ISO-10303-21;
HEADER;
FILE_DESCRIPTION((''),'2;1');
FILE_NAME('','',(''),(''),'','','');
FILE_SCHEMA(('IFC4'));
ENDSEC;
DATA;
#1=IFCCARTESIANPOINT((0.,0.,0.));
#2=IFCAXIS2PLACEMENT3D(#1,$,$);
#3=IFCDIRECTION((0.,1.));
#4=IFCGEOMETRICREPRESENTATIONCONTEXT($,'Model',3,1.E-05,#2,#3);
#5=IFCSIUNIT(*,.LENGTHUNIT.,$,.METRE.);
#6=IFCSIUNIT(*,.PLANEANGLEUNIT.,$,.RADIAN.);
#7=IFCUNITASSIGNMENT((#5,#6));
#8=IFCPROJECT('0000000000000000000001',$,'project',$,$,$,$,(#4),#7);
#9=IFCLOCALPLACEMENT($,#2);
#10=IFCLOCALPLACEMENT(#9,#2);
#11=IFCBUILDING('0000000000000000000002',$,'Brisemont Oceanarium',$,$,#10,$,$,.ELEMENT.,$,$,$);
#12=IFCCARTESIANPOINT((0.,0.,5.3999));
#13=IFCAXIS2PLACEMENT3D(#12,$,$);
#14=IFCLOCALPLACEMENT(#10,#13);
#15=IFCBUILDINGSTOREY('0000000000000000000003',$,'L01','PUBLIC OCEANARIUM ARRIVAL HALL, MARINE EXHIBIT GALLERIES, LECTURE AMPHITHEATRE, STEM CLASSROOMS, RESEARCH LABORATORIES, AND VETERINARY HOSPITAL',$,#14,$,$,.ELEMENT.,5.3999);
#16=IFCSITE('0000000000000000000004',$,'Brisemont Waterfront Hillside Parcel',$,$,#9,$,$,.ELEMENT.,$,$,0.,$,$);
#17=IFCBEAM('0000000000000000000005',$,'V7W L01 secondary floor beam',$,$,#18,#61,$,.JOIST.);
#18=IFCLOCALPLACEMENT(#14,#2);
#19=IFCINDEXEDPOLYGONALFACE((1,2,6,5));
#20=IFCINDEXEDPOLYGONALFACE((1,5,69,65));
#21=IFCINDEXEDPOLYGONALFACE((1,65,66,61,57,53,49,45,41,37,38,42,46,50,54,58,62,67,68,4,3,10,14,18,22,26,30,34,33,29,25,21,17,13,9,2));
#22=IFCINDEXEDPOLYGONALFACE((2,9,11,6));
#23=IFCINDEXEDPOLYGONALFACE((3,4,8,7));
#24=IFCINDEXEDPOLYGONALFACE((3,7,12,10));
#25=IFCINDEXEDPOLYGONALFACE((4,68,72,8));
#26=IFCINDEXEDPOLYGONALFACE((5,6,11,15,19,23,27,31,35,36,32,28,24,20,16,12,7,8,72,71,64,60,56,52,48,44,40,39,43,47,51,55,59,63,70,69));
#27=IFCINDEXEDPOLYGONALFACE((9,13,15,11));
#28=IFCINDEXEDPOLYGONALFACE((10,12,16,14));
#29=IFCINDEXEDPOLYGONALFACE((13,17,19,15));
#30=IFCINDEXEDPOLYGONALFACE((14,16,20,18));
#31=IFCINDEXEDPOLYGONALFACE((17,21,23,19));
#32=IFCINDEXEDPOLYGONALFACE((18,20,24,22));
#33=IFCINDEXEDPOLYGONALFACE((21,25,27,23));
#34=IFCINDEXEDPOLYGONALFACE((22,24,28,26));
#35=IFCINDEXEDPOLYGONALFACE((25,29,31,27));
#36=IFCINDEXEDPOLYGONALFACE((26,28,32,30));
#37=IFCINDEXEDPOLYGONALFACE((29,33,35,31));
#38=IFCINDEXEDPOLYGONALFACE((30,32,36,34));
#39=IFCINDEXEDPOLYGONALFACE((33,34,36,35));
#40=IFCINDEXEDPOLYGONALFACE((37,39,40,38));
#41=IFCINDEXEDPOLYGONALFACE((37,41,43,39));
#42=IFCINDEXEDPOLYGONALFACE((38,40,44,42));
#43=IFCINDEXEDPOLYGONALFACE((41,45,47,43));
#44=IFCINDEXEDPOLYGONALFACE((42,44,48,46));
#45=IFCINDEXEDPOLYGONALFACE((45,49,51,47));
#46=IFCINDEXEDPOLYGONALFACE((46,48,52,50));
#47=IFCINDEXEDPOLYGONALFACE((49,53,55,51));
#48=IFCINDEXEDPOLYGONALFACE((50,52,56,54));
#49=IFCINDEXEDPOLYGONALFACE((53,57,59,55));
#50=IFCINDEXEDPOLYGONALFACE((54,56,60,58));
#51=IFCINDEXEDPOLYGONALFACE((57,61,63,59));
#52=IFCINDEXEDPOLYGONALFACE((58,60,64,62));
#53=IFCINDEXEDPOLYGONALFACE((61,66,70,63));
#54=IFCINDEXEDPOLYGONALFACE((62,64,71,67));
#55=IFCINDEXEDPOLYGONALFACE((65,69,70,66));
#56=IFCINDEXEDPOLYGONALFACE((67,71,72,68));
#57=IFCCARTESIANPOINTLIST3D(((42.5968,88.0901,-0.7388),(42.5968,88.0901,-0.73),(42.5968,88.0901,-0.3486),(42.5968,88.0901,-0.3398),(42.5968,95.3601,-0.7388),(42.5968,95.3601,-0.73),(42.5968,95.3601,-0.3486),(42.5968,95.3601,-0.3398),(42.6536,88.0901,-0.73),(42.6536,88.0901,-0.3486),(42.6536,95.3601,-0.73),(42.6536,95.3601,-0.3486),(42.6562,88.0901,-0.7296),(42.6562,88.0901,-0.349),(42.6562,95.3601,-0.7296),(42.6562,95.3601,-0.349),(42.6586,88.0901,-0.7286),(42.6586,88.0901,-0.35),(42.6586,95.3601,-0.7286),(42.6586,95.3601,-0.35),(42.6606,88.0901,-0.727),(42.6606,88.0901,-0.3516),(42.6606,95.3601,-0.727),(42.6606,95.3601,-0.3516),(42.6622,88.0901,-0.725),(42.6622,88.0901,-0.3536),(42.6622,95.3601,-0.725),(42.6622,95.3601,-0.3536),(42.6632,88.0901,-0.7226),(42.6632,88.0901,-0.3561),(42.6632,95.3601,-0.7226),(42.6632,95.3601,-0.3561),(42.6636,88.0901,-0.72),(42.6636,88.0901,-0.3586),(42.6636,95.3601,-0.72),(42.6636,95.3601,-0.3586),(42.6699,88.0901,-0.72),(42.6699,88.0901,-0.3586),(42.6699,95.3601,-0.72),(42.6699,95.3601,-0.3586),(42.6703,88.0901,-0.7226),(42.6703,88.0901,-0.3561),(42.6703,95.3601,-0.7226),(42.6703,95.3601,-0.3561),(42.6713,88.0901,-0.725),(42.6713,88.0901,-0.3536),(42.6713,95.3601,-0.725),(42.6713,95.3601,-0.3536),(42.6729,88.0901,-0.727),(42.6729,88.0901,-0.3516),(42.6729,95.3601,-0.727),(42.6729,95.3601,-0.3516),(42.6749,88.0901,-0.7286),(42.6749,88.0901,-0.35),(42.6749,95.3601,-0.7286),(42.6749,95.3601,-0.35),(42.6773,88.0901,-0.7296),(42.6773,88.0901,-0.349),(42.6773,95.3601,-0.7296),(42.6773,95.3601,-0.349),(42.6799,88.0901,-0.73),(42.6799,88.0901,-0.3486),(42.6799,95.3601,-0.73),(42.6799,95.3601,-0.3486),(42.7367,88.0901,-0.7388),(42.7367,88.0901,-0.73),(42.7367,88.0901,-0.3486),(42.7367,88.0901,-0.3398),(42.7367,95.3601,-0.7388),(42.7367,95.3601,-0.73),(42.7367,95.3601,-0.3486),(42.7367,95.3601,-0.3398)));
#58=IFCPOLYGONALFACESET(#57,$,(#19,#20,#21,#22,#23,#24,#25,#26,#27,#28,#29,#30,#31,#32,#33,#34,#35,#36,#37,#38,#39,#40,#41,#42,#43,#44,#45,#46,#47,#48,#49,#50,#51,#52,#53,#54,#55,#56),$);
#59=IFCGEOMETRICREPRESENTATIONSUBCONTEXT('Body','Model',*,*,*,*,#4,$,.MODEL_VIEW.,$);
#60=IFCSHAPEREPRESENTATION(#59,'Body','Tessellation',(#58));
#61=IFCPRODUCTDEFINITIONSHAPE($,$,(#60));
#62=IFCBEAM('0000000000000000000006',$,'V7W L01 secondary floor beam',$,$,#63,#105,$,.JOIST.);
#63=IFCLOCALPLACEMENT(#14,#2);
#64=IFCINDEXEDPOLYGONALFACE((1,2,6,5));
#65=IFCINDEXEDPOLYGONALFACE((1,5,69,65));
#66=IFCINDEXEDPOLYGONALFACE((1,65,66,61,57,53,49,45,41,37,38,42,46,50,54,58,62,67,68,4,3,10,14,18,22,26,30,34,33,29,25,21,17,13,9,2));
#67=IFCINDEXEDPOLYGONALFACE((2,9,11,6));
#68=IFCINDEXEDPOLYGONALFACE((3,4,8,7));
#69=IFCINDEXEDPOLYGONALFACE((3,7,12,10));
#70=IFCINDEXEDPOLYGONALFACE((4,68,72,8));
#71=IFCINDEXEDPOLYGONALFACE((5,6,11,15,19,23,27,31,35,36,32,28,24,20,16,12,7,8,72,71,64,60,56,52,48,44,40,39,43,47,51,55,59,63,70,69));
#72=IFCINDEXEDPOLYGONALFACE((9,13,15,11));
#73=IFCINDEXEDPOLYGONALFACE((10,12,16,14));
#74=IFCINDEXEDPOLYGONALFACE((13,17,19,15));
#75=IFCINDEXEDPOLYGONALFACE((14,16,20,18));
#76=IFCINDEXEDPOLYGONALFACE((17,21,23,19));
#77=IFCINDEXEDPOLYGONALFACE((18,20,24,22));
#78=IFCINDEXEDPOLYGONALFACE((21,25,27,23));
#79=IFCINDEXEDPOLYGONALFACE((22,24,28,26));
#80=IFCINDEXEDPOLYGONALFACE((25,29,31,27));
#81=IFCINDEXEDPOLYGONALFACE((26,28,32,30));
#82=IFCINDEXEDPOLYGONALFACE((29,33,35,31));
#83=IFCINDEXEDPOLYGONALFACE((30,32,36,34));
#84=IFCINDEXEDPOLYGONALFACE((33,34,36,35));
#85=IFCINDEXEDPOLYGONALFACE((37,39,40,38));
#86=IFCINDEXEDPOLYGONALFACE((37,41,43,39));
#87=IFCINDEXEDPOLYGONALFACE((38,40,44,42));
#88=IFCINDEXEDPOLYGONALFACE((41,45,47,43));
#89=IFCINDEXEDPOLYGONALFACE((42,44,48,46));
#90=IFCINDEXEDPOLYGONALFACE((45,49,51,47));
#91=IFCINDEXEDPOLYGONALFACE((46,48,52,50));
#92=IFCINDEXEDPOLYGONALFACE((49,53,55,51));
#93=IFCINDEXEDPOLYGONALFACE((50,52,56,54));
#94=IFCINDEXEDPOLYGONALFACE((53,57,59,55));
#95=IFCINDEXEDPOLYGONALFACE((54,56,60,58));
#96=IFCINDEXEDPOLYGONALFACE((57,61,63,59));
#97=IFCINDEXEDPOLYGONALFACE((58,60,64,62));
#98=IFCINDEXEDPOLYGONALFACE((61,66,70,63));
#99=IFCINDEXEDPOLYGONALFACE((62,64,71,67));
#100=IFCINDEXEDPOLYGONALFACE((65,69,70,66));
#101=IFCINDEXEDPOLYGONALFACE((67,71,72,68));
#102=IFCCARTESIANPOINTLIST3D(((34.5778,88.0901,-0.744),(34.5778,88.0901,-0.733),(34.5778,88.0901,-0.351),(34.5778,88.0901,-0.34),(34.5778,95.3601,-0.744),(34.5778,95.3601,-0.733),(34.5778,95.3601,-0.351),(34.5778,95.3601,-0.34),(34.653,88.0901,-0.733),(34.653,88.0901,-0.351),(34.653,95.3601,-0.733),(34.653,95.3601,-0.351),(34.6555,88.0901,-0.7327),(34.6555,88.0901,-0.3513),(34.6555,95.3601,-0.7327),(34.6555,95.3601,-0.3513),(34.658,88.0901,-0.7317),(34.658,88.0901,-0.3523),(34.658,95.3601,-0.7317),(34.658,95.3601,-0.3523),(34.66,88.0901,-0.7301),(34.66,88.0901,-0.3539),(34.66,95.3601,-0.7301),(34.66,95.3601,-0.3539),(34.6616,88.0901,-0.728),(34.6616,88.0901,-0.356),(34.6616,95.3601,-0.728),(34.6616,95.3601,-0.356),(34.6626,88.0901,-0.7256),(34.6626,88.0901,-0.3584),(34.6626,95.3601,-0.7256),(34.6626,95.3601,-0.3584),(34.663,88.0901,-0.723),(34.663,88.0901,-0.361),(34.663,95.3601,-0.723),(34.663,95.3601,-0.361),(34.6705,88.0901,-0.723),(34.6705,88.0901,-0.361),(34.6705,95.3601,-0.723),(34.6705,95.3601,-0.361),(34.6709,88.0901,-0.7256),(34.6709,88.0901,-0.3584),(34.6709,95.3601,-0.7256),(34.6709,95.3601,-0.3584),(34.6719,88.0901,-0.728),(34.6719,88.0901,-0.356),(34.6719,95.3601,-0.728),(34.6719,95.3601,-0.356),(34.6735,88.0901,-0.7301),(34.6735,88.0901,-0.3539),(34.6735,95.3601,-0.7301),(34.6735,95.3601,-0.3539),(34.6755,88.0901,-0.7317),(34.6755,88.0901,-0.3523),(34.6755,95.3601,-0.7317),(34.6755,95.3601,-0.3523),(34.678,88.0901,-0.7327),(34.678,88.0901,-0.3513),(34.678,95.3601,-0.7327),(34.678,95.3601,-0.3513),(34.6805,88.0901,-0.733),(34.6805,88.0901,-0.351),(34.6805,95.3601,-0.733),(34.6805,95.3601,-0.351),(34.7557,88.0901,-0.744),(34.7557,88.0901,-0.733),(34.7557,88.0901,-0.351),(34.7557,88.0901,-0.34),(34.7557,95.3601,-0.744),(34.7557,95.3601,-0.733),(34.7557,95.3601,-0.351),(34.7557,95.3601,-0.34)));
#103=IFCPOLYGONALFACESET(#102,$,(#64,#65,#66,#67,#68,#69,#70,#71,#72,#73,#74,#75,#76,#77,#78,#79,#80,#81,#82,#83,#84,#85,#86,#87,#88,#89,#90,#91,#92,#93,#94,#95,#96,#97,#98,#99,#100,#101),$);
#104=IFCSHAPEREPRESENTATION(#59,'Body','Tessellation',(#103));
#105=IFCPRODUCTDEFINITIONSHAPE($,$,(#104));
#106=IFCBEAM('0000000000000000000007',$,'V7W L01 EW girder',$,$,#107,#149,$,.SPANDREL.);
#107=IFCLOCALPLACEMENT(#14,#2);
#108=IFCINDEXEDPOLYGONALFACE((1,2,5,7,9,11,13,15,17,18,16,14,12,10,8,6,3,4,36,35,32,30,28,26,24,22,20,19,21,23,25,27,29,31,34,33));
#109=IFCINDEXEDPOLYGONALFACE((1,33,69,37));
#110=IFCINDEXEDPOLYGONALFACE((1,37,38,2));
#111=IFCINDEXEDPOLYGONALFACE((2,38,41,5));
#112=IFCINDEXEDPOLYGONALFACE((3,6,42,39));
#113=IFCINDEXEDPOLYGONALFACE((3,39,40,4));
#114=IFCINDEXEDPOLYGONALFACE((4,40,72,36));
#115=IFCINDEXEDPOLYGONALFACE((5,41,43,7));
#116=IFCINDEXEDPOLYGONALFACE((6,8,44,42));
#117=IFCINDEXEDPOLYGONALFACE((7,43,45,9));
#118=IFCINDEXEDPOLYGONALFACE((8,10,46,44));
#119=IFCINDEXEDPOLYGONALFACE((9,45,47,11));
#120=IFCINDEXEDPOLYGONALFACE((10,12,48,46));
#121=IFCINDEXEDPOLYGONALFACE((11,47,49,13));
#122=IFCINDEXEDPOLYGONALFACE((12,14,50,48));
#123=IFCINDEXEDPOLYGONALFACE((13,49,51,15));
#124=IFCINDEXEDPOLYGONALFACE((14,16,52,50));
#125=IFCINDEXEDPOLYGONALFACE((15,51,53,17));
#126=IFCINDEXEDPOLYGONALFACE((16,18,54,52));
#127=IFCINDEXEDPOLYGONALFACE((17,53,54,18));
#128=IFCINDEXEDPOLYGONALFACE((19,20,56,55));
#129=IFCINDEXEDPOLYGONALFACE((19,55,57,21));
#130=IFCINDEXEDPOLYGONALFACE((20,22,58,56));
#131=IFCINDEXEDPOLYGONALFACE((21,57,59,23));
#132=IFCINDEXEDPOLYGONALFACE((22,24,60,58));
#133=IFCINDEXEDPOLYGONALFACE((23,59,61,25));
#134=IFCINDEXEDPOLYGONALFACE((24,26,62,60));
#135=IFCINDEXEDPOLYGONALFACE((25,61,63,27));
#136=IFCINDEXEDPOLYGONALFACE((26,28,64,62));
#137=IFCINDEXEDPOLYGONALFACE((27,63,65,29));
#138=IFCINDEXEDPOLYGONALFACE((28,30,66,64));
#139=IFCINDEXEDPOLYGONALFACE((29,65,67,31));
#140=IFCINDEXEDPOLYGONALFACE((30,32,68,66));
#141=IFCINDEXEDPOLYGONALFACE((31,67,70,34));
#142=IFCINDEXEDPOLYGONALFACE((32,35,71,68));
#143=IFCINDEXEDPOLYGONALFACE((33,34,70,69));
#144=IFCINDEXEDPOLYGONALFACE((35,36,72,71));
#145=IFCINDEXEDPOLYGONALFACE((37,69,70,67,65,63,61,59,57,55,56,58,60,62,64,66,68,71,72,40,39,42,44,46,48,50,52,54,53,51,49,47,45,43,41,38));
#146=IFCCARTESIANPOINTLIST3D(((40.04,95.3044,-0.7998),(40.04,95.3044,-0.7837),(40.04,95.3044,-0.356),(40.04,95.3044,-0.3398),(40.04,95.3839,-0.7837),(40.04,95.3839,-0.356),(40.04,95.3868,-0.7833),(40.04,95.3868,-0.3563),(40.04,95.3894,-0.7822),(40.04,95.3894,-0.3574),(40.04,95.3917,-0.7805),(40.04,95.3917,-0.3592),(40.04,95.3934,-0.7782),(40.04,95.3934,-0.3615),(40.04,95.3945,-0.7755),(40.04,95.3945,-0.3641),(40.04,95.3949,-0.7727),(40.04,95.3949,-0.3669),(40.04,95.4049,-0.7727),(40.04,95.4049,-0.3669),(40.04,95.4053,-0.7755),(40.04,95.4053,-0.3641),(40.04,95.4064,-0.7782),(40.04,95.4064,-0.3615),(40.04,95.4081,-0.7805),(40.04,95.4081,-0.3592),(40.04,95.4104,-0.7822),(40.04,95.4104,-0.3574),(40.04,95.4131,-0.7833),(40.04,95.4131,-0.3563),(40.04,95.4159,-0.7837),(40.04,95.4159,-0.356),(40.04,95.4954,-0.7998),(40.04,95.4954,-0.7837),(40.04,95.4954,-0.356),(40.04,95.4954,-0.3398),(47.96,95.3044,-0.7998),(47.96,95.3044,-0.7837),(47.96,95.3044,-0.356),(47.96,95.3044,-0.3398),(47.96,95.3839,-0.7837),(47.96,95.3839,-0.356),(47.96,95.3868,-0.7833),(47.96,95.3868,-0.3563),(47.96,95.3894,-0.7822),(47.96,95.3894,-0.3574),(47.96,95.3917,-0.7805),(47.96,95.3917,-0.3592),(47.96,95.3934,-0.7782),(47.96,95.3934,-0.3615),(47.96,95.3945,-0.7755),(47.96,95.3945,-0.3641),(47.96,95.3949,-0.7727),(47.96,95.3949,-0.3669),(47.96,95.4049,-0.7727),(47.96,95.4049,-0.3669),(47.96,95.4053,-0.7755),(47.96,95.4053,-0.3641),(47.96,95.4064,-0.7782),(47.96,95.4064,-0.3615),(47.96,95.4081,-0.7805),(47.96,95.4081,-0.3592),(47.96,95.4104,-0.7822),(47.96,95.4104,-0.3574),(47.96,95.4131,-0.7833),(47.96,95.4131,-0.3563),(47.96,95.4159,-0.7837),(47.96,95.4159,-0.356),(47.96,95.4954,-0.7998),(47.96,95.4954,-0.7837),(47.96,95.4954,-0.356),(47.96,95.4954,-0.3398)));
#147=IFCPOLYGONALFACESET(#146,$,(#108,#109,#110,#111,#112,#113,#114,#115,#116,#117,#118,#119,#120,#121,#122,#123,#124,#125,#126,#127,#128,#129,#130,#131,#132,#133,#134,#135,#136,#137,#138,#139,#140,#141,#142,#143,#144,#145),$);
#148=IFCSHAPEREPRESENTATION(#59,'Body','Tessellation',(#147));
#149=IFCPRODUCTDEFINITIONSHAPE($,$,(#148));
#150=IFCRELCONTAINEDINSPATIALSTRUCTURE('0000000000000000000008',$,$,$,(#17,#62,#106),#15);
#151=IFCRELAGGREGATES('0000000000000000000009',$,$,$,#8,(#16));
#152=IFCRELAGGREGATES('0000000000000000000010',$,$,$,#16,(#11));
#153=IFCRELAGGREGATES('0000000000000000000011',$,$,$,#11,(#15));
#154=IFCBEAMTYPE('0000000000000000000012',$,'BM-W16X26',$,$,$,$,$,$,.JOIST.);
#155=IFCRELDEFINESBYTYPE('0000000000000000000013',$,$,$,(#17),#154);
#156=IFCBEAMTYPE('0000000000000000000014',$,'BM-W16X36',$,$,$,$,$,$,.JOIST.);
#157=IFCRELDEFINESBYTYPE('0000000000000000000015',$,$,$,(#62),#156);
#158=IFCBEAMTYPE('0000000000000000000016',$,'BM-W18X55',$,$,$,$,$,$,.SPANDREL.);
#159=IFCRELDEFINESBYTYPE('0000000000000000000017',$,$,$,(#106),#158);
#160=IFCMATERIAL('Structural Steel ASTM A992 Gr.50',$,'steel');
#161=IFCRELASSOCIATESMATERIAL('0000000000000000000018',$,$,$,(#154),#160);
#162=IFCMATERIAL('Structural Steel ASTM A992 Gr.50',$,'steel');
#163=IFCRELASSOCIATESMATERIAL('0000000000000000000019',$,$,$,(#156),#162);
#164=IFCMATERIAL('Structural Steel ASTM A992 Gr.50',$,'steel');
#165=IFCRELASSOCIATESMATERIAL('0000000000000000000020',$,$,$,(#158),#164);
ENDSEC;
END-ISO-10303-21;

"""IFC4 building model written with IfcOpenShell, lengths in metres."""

from ifc_helpers import new_model, si_unit, direction, frame, origin, origin_2d, place, context, subcontext, project, spatial, i_section, extrude, material, material_profile, profile_set, type_object, element, save


model = new_model("IFC4")

# Units and contexts
model_context = context("Model", 3, precision=1e-05, world=origin(), true_north=direction((0.0, 1.0)))
body_context = subcontext(model_context, "Body", "Model", "MODEL_VIEW")
ifc_project = project(units=[si_unit("LENGTHUNIT", "METRE"), si_unit("PLANEANGLEUNIT", "RADIAN")], contexts=[model_context])

# Site, building, storey
site_placement = place(None, origin())
site = spatial("IfcSite", under=ifc_project, at=site_placement, Name="Brisemont Waterfront Hillside Parcel", CompositionType="ELEMENT", RefElevation=0.0)
building_placement = place(site_placement, origin())
building = spatial("IfcBuilding", under=site, at=building_placement, Name="Brisemont Oceanarium", CompositionType="ELEMENT")
storey_placement = place(building_placement, frame((0.0, 0.0, 5.3999)))
storey = spatial("IfcBuildingStorey", under=building, at=storey_placement, Name="L01", Description="PUBLIC OCEANARIUM ARRIVAL HALL, MARINE EXHIBIT GALLERIES, LECTURE AMPHITHEATRE, STEM CLASSROOMS, RESEARCH LABORATORIES, AND VETERINARY HOSPITAL", CompositionType="ELEMENT", Elevation=5.3999)

# Beams
ifc_material_1 = material(Name="Structural Steel ASTM A992 Gr.50", Category="steel")
ifc_material_profile_1 = material_profile(ifc_material_1, i_section(OverallWidth=0.1399, OverallDepth=0.3989, WebThickness=0.0063, FlangeThickness=0.0088, FilletRadius=0.01, at=origin_2d()), Name="W16X26")
ifc_profile_set_1 = profile_set([ifc_material_profile_1], Name="Structural Steel ASTM A992 Gr.50")
beam_type_1 = type_object("IfcBeamType", Name="BM-W16X26", PredefinedType="JOIST", material=ifc_profile_set_1)
for number, where, z_axis, x_axis, name in (
    (1, (42.6667, 88.0901, -0.5393), (0.0, 1.0, 0.0), (-1.0, 0.0, 0.0), "V7W L01 secondary floor beam"),
):
    element("IfcBeam", number, at=place(storey_placement, frame(where, z_axis=z_axis, x_axis=x_axis)), inside=storey, type_object=beam_type_1, Name=name, PredefinedType="JOIST", context=body_context, shape_type="SweptSolid", body=[
        extrude(i_section(OverallWidth=0.1399, OverallDepth=0.3989, WebThickness=0.0063, FlangeThickness=0.0088, FilletRadius=0.01, at=origin_2d()), origin(), (0.0, 0.0, 1.0), 7.27),
    ])
ifc_material_2 = material(Name="Structural Steel ASTM A992 Gr.50", Category="steel")
ifc_material_profile_2 = material_profile(ifc_material_2, i_section(OverallWidth=0.178, OverallDepth=0.4041, WebThickness=0.0076, FlangeThickness=0.011, FilletRadius=0.01, at=origin_2d()), Name="W16X36")
ifc_profile_set_2 = profile_set([ifc_material_profile_2], Name="Structural Steel ASTM A992 Gr.50")
beam_type_2 = type_object("IfcBeamType", Name="BM-W16X36", PredefinedType="JOIST", material=ifc_profile_set_2)
beam_1_placement = place(storey_placement, frame((34.6667, 88.0901, -0.542), z_axis=(0.0, 1.0, 0.0), x_axis=(-1.0, 0.0, 0.0)))
element("IfcBeam", 2, at=beam_1_placement, inside=storey, type_object=beam_type_2, Name="V7W L01 secondary floor beam", PredefinedType="JOIST", context=body_context, shape_type="SweptSolid", body=[
    extrude(i_section(OverallWidth=0.178, OverallDepth=0.4041, WebThickness=0.0076, FlangeThickness=0.011, FilletRadius=0.01, at=origin_2d()), origin(), (0.0, 0.0, 1.0), 7.27),
])
ifc_material_3 = material(Name="Structural Steel ASTM A992 Gr.50", Category="steel")
ifc_material_profile_3 = material_profile(ifc_material_3, i_section(OverallWidth=0.1909, OverallDepth=0.46, WebThickness=0.01, FlangeThickness=0.0161, FilletRadius=0.011, at=origin_2d()), Name="W18X55")
ifc_profile_set_3 = profile_set([ifc_material_profile_3], Name="Structural Steel ASTM A992 Gr.50")
beam_type_3 = type_object("IfcBeamType", Name="BM-W18X55", PredefinedType="SPANDREL", material=ifc_profile_set_3)
beam_2_placement = place(storey_placement, frame((40.04, 95.3999, -0.5698), z_axis=(1.0, 0.0, 0.0), x_axis=(0.0, 1.0, 0.0)))
element("IfcBeam", 3, at=beam_2_placement, inside=storey, type_object=beam_type_3, Name="V7W L01 EW girder", PredefinedType="SPANDREL", context=body_context, shape_type="SweptSolid", body=[
    extrude(i_section(OverallWidth=0.1909, OverallDepth=0.46, WebThickness=0.01, FlangeThickness=0.0161, FilletRadius=0.011, at=origin_2d()), origin(), (0.0, 0.0, 1.0), 7.9199),
])

save(model, "model.ifc")
